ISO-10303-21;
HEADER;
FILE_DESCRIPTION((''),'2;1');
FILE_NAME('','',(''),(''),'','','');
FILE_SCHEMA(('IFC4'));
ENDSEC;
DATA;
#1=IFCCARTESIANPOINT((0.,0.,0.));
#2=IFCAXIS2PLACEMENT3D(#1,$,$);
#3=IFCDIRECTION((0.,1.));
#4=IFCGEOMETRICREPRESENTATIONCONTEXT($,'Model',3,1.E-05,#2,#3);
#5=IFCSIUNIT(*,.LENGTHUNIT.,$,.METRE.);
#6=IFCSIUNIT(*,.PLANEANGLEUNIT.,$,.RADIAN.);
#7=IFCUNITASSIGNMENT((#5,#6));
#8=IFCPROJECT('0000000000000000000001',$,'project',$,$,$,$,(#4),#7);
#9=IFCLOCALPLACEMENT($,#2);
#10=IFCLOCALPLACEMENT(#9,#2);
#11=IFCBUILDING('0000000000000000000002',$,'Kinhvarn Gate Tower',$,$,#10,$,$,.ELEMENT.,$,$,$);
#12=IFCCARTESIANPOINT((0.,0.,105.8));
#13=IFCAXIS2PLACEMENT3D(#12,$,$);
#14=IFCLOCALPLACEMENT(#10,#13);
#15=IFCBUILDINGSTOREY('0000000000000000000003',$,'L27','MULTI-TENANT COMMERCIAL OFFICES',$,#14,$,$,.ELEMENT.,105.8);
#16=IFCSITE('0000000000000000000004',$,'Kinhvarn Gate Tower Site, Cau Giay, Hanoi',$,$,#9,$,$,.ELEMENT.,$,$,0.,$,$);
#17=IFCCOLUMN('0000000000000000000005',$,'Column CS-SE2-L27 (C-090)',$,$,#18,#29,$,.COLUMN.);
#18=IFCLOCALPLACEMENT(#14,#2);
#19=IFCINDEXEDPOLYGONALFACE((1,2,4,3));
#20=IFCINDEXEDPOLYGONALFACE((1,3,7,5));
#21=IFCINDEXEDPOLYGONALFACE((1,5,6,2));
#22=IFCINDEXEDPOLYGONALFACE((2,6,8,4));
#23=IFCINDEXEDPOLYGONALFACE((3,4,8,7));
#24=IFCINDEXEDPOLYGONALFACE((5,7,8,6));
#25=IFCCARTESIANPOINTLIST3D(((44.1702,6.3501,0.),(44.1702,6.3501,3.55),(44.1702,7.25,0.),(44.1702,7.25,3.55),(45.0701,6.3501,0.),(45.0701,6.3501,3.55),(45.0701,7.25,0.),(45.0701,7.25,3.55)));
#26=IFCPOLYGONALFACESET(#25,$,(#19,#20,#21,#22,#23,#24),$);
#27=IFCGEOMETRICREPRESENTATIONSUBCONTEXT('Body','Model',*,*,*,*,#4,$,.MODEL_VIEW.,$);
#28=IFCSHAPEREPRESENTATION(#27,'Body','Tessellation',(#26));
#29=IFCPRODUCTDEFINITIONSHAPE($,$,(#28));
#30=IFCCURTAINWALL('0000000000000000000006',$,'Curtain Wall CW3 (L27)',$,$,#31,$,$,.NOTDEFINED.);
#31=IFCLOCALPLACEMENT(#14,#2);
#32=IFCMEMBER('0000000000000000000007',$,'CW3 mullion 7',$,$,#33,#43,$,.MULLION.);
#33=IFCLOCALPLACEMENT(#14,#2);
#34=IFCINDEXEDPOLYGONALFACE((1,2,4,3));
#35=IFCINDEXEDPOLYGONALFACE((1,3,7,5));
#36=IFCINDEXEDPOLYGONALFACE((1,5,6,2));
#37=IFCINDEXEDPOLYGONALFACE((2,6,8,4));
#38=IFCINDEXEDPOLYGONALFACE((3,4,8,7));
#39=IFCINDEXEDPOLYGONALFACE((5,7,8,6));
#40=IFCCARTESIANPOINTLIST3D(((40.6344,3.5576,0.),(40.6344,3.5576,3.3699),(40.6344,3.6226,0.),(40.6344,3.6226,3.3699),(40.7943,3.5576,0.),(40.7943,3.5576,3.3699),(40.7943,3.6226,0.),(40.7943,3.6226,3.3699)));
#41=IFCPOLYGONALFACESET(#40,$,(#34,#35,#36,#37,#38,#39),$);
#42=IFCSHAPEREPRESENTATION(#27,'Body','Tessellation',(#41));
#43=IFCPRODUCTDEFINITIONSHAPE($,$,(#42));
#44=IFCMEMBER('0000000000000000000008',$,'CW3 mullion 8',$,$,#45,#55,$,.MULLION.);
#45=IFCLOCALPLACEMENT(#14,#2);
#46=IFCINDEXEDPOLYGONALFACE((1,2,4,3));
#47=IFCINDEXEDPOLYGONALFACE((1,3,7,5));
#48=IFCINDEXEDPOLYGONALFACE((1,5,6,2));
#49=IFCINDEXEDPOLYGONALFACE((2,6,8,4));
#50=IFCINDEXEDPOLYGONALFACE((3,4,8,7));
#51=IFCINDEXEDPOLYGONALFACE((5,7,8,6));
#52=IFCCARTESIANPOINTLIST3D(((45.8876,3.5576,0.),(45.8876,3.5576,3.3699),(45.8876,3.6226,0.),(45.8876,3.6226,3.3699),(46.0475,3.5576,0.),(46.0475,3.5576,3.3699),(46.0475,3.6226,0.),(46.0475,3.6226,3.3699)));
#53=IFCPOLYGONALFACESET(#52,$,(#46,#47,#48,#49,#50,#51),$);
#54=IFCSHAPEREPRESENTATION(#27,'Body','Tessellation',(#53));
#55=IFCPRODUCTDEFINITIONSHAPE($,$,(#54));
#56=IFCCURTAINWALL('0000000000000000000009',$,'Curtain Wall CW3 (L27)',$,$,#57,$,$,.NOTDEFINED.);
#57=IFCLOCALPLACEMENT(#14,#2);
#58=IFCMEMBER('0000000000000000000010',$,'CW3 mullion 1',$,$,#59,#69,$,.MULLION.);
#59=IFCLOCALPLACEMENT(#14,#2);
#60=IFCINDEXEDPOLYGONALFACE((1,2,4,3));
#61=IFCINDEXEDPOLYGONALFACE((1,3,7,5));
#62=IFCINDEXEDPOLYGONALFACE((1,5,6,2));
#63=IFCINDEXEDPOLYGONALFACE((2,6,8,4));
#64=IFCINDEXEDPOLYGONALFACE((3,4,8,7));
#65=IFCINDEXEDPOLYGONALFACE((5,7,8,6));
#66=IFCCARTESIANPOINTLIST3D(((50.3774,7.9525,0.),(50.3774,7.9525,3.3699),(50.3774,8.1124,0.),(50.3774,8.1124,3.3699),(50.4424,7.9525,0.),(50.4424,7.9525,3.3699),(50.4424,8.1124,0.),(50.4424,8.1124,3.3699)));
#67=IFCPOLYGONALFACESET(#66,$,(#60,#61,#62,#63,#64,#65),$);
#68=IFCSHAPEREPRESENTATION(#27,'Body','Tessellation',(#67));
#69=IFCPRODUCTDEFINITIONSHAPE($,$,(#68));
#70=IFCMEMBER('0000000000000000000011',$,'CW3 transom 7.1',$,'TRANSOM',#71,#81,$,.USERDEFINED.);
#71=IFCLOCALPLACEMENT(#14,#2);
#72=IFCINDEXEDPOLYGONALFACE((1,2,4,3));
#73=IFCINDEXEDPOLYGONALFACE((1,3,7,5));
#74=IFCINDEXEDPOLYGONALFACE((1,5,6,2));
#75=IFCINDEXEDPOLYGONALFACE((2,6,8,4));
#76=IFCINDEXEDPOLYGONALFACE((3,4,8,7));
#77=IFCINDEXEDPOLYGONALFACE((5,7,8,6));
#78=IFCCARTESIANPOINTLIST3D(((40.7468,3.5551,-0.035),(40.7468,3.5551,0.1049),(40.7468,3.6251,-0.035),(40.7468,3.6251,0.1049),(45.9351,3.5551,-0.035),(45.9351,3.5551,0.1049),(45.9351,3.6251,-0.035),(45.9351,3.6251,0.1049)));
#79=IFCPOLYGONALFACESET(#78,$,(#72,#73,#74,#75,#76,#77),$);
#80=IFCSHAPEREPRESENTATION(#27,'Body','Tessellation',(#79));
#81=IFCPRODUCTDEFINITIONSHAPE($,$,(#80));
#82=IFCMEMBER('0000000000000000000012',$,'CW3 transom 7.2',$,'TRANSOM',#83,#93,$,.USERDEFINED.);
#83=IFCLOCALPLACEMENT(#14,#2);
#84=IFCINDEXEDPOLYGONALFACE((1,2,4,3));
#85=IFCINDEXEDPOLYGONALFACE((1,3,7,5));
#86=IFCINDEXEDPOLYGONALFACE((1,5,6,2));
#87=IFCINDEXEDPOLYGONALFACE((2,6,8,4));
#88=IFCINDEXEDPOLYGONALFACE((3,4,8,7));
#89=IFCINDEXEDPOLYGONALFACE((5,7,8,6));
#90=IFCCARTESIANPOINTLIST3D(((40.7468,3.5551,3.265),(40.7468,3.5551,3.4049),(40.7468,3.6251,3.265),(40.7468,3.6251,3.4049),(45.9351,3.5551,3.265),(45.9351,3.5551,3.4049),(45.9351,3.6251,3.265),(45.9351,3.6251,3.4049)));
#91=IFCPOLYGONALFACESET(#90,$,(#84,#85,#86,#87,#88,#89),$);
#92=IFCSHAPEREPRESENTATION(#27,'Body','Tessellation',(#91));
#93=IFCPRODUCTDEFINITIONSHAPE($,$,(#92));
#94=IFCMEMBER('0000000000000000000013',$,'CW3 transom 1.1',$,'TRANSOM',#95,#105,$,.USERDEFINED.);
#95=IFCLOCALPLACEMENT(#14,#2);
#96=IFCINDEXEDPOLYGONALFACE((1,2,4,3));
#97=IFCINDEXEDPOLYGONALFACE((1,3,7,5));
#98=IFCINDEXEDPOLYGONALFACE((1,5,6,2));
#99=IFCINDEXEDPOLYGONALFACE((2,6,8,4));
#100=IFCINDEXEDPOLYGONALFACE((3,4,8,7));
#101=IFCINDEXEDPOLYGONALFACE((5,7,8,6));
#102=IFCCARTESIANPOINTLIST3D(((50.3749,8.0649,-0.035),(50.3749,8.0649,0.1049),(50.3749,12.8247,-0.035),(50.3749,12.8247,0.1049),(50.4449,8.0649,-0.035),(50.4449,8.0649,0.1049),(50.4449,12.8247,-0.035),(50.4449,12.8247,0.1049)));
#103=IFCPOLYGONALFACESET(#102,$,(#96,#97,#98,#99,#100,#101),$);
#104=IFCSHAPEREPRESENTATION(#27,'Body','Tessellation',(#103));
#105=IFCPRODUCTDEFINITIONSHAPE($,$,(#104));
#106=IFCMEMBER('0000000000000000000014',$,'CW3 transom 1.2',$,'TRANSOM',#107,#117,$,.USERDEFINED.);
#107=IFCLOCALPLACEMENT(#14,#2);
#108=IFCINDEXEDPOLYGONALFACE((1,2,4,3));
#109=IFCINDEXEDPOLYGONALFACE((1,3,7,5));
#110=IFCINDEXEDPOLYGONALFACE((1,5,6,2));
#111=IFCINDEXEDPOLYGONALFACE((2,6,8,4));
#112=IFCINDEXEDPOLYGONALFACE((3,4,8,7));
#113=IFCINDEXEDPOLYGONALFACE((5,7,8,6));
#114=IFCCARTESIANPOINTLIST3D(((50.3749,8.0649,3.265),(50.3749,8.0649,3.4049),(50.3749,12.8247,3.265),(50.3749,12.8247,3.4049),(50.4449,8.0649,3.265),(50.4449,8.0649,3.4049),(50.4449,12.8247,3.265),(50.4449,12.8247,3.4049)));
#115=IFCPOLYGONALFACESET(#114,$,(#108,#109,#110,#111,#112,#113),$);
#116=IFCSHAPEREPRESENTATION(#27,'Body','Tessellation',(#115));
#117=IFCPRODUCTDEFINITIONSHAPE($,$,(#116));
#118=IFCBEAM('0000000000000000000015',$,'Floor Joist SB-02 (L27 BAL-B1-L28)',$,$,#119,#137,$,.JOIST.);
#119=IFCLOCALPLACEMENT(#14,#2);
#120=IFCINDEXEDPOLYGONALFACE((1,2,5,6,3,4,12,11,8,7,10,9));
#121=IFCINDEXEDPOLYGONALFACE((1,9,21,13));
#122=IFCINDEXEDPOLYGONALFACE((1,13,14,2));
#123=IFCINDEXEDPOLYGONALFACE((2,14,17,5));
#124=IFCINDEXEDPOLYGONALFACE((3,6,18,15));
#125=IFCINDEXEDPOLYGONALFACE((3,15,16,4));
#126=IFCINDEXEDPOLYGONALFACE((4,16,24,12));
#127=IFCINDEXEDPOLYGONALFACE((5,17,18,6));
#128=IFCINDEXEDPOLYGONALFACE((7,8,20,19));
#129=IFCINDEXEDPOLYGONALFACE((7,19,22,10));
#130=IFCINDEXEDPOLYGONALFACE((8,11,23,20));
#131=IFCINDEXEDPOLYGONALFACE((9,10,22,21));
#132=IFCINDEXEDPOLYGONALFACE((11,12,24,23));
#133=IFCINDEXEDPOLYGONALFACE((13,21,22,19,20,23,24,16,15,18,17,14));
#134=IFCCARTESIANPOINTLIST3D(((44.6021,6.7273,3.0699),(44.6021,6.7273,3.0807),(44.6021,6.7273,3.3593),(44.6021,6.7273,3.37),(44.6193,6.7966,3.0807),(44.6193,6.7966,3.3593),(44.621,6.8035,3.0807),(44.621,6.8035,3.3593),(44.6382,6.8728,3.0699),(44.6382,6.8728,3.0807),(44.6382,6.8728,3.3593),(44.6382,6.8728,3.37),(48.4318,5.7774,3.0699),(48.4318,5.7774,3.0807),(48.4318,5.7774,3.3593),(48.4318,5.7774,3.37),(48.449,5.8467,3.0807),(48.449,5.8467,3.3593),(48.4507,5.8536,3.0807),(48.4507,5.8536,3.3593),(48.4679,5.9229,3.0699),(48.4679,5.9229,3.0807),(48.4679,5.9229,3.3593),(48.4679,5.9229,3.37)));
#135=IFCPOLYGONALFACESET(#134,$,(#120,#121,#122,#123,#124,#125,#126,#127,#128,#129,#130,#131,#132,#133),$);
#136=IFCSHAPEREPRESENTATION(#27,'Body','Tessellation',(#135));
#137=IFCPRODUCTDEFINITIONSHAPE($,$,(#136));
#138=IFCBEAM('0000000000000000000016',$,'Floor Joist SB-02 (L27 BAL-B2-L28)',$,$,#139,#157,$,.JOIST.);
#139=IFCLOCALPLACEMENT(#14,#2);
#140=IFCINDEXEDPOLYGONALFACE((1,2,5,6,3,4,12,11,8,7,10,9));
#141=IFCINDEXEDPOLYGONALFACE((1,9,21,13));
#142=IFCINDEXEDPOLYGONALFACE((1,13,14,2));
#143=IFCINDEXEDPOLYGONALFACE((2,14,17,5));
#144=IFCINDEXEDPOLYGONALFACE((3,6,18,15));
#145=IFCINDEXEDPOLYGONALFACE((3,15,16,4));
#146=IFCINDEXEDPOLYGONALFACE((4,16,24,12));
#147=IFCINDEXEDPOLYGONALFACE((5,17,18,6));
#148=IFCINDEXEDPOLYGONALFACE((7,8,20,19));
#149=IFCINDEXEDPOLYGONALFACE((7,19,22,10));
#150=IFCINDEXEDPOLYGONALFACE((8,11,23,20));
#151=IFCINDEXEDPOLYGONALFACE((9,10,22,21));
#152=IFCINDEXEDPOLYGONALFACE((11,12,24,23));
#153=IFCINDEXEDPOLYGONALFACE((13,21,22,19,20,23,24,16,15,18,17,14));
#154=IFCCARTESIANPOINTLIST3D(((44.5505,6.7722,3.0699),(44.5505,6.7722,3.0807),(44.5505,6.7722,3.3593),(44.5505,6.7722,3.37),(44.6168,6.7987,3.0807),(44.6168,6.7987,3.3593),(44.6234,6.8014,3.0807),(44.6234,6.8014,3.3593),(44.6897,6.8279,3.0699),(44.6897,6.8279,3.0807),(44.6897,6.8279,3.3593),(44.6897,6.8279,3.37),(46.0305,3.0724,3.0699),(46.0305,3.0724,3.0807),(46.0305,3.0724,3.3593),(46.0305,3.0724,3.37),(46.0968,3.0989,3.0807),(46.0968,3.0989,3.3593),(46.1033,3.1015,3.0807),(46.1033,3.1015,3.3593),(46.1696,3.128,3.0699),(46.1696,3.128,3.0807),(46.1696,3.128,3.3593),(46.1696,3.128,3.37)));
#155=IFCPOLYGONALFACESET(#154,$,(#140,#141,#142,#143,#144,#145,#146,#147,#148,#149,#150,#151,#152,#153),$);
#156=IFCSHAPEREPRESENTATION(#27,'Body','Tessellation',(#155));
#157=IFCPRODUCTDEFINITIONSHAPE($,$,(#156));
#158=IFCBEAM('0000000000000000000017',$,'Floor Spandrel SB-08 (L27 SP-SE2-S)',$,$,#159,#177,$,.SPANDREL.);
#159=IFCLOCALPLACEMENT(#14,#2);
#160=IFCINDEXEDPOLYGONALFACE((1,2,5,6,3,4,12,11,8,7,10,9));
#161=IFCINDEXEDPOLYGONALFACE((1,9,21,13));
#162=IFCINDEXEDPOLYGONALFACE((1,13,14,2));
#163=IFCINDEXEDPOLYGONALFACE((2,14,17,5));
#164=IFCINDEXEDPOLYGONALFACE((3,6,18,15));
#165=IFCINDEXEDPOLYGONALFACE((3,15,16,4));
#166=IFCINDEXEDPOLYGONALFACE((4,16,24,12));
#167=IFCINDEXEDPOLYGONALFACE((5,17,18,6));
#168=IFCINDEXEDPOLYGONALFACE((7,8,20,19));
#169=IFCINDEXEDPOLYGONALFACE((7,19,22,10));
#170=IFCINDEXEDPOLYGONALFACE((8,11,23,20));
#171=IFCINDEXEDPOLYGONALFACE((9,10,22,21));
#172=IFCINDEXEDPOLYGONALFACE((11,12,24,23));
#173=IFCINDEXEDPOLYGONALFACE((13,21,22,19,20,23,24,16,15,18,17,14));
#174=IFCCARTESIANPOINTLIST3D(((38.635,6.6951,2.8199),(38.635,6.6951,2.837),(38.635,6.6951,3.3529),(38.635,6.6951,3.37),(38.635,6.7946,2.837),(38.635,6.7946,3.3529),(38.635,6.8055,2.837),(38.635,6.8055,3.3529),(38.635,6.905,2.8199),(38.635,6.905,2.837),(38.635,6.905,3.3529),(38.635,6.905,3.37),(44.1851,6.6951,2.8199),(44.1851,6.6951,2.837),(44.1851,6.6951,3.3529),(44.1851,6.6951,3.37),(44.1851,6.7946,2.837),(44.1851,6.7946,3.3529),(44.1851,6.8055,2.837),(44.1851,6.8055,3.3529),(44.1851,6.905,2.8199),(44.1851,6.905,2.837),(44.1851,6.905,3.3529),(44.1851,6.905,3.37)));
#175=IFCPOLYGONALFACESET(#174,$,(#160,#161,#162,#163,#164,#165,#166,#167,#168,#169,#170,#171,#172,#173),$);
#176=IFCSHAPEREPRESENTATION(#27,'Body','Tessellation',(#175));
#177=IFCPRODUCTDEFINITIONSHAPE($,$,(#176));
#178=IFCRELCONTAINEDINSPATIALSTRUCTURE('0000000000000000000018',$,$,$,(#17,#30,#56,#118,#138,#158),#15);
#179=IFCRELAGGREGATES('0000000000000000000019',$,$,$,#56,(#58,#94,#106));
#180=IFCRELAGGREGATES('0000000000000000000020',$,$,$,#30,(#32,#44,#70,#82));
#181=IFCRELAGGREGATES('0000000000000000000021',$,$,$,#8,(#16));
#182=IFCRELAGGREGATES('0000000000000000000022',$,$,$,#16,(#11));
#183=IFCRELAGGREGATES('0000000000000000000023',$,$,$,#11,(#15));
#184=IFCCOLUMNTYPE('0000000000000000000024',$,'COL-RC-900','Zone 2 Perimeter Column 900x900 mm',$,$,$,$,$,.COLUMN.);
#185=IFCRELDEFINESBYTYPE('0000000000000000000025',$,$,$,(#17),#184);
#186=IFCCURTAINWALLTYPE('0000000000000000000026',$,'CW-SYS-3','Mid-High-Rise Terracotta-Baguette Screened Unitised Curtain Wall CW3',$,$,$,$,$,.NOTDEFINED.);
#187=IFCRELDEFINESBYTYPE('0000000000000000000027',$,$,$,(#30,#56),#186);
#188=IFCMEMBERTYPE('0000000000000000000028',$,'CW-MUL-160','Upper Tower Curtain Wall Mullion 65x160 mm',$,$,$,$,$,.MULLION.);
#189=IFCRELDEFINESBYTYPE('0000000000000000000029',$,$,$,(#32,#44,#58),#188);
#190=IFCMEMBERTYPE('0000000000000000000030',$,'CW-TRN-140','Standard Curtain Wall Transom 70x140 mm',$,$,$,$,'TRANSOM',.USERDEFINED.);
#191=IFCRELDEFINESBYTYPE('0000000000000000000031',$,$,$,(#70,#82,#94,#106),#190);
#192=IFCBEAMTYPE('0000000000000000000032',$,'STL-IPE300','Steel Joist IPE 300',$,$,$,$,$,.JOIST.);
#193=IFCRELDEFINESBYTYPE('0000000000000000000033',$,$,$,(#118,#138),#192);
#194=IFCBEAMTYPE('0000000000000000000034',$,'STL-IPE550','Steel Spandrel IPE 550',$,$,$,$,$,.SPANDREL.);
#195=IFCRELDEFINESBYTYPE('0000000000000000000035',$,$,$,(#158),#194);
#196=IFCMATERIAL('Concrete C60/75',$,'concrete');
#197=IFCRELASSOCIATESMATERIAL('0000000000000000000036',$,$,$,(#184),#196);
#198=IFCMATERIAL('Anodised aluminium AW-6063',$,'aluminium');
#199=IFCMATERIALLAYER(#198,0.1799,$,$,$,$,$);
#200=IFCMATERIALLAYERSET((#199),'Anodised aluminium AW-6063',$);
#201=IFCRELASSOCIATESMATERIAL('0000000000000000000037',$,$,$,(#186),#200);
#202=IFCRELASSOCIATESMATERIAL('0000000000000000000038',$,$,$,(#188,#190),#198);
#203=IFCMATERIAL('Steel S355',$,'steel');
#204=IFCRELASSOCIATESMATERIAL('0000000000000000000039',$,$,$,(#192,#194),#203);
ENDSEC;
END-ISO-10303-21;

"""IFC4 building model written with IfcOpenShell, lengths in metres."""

from ifc_helpers import new_model, si_unit, direction, frame, origin, origin_2d, place, context, subcontext, project, spatial, rectangle, i_section, extrude, material, layer, layer_set, material_profile, profile_set, type_object, element, aggregate, save


model = new_model("IFC4")

# Units and contexts
model_context = context("Model", 3, precision=1e-05, world=origin(), true_north=direction((0.0, 1.0)))
body_context = subcontext(model_context, "Body", "Model", "MODEL_VIEW")
ifc_project = project(units=[si_unit("LENGTHUNIT", "METRE"), si_unit("PLANEANGLEUNIT", "RADIAN")], contexts=[model_context])

# Site, building, storey
site_placement = place(None, origin())
site = spatial("IfcSite", under=ifc_project, at=site_placement, Name="Kinhvarn Gate Tower Site, Cau Giay, Hanoi", CompositionType="ELEMENT", RefElevation=0.0)
building_placement = place(site_placement, origin())
building = spatial("IfcBuilding", under=site, at=building_placement, Name="Kinhvarn Gate Tower", CompositionType="ELEMENT")
storey_placement = place(building_placement, frame((0.0, 0.0, 105.8)))
storey = spatial("IfcBuildingStorey", under=building, at=storey_placement, Name="L27", Description="MULTI-TENANT COMMERCIAL OFFICES", CompositionType="ELEMENT", Elevation=105.8)

# Column
ifc_material_1 = material(Name="Concrete C60/75", Category="concrete")
ifc_material_profile_1 = material_profile(ifc_material_1, rectangle(XDim=0.8999, YDim=0.8999, at=origin_2d()), Name="RC 900x900")
ifc_profile_set_1 = profile_set([ifc_material_profile_1], Name="Concrete C60/75")
column_type = type_object("IfcColumnType", Name="COL-RC-900", Description="Zone 2 Perimeter Column 900x900 mm", PredefinedType="COLUMN", material=ifc_profile_set_1)
column_placement = place(storey_placement, frame((44.6201, 6.8, 0.0), z_axis=(0.0, 0.0, 1.0), x_axis=(1.0, 0.0, 0.0)))
element("IfcColumn", 1, at=column_placement, inside=storey, type_object=column_type, Name="Column CS-SE2-L27 (C-090)", PredefinedType="COLUMN", context=body_context, shape_type="SweptSolid", body=[
    extrude(rectangle(XDim=0.8999, YDim=0.8999, at=origin_2d()), origin(), (0.0, 0.0, 1.0), 3.55),
])

# Curtain wall, members
ifc_material_2 = material(Name="Anodised aluminium AW-6063", Category="aluminium")
ifc_layer_1 = layer(ifc_material_2, 0.1799)
ifc_layer_set_1 = layer_set([ifc_layer_1], Name="Anodised aluminium AW-6063")
curtain_wall_type = type_object("IfcCurtainWallType", Name="CW-SYS-3", Description="Mid-High-Rise Terracotta-Baguette Screened Unitised Curtain Wall CW3", PredefinedType="NOTDEFINED", material=ifc_layer_set_1)
curtain_wall_1_placement = place(storey_placement, origin())
curtain_wall_1 = element("IfcCurtainWall", 2, at=curtain_wall_1_placement, inside=storey, type_object=curtain_wall_type, Name="Curtain Wall CW3 (L27)", PredefinedType="NOTDEFINED")
ifc_material_profile_2 = material_profile(ifc_material_2, rectangle(XDim=0.0649, YDim=0.1599, at=origin_2d()), Name="ALU 65x160")
ifc_profile_set_2 = profile_set([ifc_material_profile_2], Name="Anodised aluminium AW-6063")
member_type_1 = type_object("IfcMemberType", Name="CW-MUL-160", Description="Upper Tower Curtain Wall Mullion 65x160 mm", PredefinedType="MULLION", material=ifc_profile_set_2)
member_1_placement = place(storey_placement, frame((40.7144, 3.5901, 0.0), z_axis=(0.0, 0.0, 1.0), x_axis=(0.0, 1.0, 0.0)))
member_1 = element("IfcMember", 3, at=member_1_placement, type_object=member_type_1, Name="CW3 mullion 7", PredefinedType="MULLION", context=body_context, shape_type="SweptSolid", body=[
    extrude(rectangle(XDim=0.0649, YDim=0.1599, at=origin_2d()), origin(), (0.0, 0.0, 1.0), 3.3699),
])
member_2_placement = place(storey_placement, frame((45.9675, 3.5901, 0.0), z_axis=(0.0, 0.0, 1.0), x_axis=(0.0, 1.0, 0.0)))
member_2 = element("IfcMember", 4, at=member_2_placement, type_object=member_type_1, Name="CW3 mullion 8", PredefinedType="MULLION", context=body_context, shape_type="SweptSolid", body=[
    extrude(rectangle(XDim=0.0649, YDim=0.1599, at=origin_2d()), origin(), (0.0, 0.0, 1.0), 3.3699),
])

# Curtain wall, member
curtain_wall_2_placement = place(storey_placement, origin())
curtain_wall_2 = element("IfcCurtainWall", 5, at=curtain_wall_2_placement, inside=storey, type_object=curtain_wall_type, Name="Curtain Wall CW3 (L27)", PredefinedType="NOTDEFINED")
member_3_placement = place(storey_placement, frame((50.4099, 8.0325, 0.0), z_axis=(0.0, 0.0, 1.0), x_axis=(-1.0, 0.0, 0.0)))
member_3 = element("IfcMember", 6, at=member_3_placement, type_object=member_type_1, Name="CW3 mullion 1", PredefinedType="MULLION", context=body_context, shape_type="SweptSolid", body=[
    extrude(rectangle(XDim=0.0649, YDim=0.1599, at=origin_2d()), origin(), (0.0, 0.0, 1.0), 3.3699),
])

# Members
ifc_material_profile_3 = material_profile(ifc_material_2, rectangle(XDim=0.0701, YDim=0.1399, at=origin_2d()), Name="ALU 70x140")
ifc_profile_set_3 = profile_set([ifc_material_profile_3], Name="Anodised aluminium AW-6063")
member_type_2 = type_object("IfcMemberType", Name="CW-TRN-140", Description="Standard Curtain Wall Transom 70x140 mm", ElementType="TRANSOM", PredefinedType="USERDEFINED", material=ifc_profile_set_3)
member_4_placement = place(storey_placement, frame((40.7468, 3.5901, 0.0349), z_axis=(1.0, 0.0, 0.0), x_axis=(0.0, 1.0, 0.0)))
member_4 = element("IfcMember", 7, at=member_4_placement, type_object=member_type_2, Name="CW3 transom 7.1", ObjectType="TRANSOM", PredefinedType="USERDEFINED", context=body_context, shape_type="SweptSolid", body=[
    extrude(rectangle(XDim=0.0701, YDim=0.1399, at=origin_2d()), origin(), (0.0, 0.0, 1.0), 5.1882),
])
member_5_placement = place(storey_placement, frame((40.7468, 3.5901, 3.335), z_axis=(1.0, 0.0, 0.0), x_axis=(0.0, 1.0, 0.0)))
member_5 = element("IfcMember", 8, at=member_5_placement, type_object=member_type_2, Name="CW3 transom 7.2", ObjectType="TRANSOM", PredefinedType="USERDEFINED", context=body_context, shape_type="SweptSolid", body=[
    extrude(rectangle(XDim=0.0701, YDim=0.1399, at=origin_2d()), origin(), (0.0, 0.0, 1.0), 5.1882),
])
member_6_placement = place(storey_placement, frame((50.4099, 8.0649, 0.0349), z_axis=(0.0, 1.0, 0.0), x_axis=(-1.0, 0.0, 0.0)))
member_6 = element("IfcMember", 9, at=member_6_placement, type_object=member_type_2, Name="CW3 transom 1.1", ObjectType="TRANSOM", PredefinedType="USERDEFINED", context=body_context, shape_type="SweptSolid", body=[
    extrude(rectangle(XDim=0.0701, YDim=0.1399, at=origin_2d()), origin(), (0.0, 0.0, 1.0), 4.7598),
])
member_7_placement = place(storey_placement, frame((50.4099, 8.0649, 3.335), z_axis=(0.0, 1.0, 0.0), x_axis=(-1.0, 0.0, 0.0)))
member_7 = element("IfcMember", 10, at=member_7_placement, type_object=member_type_2, Name="CW3 transom 1.2", ObjectType="TRANSOM", PredefinedType="USERDEFINED", context=body_context, shape_type="SweptSolid", body=[
    extrude(rectangle(XDim=0.0701, YDim=0.1399, at=origin_2d()), origin(), (0.0, 0.0, 1.0), 4.7598),
])
aggregate(curtain_wall_2, [member_3, member_6, member_7])

# Beams
ifc_material_3 = material(Name="Steel S355", Category="steel")
ifc_material_profile_4 = material_profile(ifc_material_3, i_section(OverallWidth=0.1499, OverallDepth=0.3, WebThickness=0.0071, FlangeThickness=0.0107, at=origin_2d()), Name="IPE 300")
ifc_profile_set_4 = profile_set([ifc_material_profile_4], Name="Steel S355")
beam_type_1 = type_object("IfcBeamType", Name="STL-IPE300", Description="Steel Joist IPE 300", PredefinedType="JOIST", material=ifc_profile_set_4)
beam_1_placement = place(storey_placement, frame((44.6201, 6.8, 3.22), z_axis=(0.970589, -0.240745, 0.0), x_axis=(0.240745, 0.970589, 0.0)))
element("IfcBeam", 11, at=beam_1_placement, inside=storey, type_object=beam_type_1, Name="Floor Joist SB-02 (L27 BAL-B1-L28)", PredefinedType="JOIST", context=body_context, shape_type="SweptSolid", body=[
    extrude(i_section(OverallWidth=0.1499, OverallDepth=0.3, WebThickness=0.0071, FlangeThickness=0.0107, at=origin_2d()), origin(), (0.0, 0.0, 1.0), 3.9458),
])
beam_2_placement = place(storey_placement, frame((44.6201, 6.8, 3.22), z_axis=(0.371391, -0.928477, 0.0), x_axis=(0.928477, 0.371391, 0.0)))
element("IfcBeam", 12, at=beam_2_placement, inside=storey, type_object=beam_type_1, Name="Floor Joist SB-02 (L27 BAL-B2-L28)", PredefinedType="JOIST", context=body_context, shape_type="SweptSolid", body=[
    extrude(i_section(OverallWidth=0.1499, OverallDepth=0.3, WebThickness=0.0071, FlangeThickness=0.0107, at=origin_2d()), origin(), (0.0, 0.0, 1.0), 3.9849),
])
ifc_material_profile_5 = material_profile(ifc_material_3, i_section(OverallWidth=0.21, OverallDepth=0.55, WebThickness=0.011, FlangeThickness=0.0171, at=origin_2d()), Name="IPE 550")
ifc_profile_set_5 = profile_set([ifc_material_profile_5], Name="Steel S355")
beam_type_2 = type_object("IfcBeamType", Name="STL-IPE550", Description="Steel Spandrel IPE 550", PredefinedType="SPANDREL", material=ifc_profile_set_5)
beam_3_placement = place(storey_placement, frame((38.635, 6.8, 3.095), z_axis=(1.0, 0.0, 0.0), x_axis=(0.0, 1.0, 0.0)))
element("IfcBeam", 13, at=beam_3_placement, inside=storey, type_object=beam_type_2, Name="Floor Spandrel SB-08 (L27 SP-SE2-S)", PredefinedType="SPANDREL", context=body_context, shape_type="SweptSolid", body=[
    extrude(i_section(OverallWidth=0.21, OverallDepth=0.55, WebThickness=0.011, FlangeThickness=0.0171, at=origin_2d()), origin(), (0.0, 0.0, 1.0), 5.55),
])

aggregate(curtain_wall_1, [member_1, member_2, member_4, member_5])

save(model, "model.ifc")
